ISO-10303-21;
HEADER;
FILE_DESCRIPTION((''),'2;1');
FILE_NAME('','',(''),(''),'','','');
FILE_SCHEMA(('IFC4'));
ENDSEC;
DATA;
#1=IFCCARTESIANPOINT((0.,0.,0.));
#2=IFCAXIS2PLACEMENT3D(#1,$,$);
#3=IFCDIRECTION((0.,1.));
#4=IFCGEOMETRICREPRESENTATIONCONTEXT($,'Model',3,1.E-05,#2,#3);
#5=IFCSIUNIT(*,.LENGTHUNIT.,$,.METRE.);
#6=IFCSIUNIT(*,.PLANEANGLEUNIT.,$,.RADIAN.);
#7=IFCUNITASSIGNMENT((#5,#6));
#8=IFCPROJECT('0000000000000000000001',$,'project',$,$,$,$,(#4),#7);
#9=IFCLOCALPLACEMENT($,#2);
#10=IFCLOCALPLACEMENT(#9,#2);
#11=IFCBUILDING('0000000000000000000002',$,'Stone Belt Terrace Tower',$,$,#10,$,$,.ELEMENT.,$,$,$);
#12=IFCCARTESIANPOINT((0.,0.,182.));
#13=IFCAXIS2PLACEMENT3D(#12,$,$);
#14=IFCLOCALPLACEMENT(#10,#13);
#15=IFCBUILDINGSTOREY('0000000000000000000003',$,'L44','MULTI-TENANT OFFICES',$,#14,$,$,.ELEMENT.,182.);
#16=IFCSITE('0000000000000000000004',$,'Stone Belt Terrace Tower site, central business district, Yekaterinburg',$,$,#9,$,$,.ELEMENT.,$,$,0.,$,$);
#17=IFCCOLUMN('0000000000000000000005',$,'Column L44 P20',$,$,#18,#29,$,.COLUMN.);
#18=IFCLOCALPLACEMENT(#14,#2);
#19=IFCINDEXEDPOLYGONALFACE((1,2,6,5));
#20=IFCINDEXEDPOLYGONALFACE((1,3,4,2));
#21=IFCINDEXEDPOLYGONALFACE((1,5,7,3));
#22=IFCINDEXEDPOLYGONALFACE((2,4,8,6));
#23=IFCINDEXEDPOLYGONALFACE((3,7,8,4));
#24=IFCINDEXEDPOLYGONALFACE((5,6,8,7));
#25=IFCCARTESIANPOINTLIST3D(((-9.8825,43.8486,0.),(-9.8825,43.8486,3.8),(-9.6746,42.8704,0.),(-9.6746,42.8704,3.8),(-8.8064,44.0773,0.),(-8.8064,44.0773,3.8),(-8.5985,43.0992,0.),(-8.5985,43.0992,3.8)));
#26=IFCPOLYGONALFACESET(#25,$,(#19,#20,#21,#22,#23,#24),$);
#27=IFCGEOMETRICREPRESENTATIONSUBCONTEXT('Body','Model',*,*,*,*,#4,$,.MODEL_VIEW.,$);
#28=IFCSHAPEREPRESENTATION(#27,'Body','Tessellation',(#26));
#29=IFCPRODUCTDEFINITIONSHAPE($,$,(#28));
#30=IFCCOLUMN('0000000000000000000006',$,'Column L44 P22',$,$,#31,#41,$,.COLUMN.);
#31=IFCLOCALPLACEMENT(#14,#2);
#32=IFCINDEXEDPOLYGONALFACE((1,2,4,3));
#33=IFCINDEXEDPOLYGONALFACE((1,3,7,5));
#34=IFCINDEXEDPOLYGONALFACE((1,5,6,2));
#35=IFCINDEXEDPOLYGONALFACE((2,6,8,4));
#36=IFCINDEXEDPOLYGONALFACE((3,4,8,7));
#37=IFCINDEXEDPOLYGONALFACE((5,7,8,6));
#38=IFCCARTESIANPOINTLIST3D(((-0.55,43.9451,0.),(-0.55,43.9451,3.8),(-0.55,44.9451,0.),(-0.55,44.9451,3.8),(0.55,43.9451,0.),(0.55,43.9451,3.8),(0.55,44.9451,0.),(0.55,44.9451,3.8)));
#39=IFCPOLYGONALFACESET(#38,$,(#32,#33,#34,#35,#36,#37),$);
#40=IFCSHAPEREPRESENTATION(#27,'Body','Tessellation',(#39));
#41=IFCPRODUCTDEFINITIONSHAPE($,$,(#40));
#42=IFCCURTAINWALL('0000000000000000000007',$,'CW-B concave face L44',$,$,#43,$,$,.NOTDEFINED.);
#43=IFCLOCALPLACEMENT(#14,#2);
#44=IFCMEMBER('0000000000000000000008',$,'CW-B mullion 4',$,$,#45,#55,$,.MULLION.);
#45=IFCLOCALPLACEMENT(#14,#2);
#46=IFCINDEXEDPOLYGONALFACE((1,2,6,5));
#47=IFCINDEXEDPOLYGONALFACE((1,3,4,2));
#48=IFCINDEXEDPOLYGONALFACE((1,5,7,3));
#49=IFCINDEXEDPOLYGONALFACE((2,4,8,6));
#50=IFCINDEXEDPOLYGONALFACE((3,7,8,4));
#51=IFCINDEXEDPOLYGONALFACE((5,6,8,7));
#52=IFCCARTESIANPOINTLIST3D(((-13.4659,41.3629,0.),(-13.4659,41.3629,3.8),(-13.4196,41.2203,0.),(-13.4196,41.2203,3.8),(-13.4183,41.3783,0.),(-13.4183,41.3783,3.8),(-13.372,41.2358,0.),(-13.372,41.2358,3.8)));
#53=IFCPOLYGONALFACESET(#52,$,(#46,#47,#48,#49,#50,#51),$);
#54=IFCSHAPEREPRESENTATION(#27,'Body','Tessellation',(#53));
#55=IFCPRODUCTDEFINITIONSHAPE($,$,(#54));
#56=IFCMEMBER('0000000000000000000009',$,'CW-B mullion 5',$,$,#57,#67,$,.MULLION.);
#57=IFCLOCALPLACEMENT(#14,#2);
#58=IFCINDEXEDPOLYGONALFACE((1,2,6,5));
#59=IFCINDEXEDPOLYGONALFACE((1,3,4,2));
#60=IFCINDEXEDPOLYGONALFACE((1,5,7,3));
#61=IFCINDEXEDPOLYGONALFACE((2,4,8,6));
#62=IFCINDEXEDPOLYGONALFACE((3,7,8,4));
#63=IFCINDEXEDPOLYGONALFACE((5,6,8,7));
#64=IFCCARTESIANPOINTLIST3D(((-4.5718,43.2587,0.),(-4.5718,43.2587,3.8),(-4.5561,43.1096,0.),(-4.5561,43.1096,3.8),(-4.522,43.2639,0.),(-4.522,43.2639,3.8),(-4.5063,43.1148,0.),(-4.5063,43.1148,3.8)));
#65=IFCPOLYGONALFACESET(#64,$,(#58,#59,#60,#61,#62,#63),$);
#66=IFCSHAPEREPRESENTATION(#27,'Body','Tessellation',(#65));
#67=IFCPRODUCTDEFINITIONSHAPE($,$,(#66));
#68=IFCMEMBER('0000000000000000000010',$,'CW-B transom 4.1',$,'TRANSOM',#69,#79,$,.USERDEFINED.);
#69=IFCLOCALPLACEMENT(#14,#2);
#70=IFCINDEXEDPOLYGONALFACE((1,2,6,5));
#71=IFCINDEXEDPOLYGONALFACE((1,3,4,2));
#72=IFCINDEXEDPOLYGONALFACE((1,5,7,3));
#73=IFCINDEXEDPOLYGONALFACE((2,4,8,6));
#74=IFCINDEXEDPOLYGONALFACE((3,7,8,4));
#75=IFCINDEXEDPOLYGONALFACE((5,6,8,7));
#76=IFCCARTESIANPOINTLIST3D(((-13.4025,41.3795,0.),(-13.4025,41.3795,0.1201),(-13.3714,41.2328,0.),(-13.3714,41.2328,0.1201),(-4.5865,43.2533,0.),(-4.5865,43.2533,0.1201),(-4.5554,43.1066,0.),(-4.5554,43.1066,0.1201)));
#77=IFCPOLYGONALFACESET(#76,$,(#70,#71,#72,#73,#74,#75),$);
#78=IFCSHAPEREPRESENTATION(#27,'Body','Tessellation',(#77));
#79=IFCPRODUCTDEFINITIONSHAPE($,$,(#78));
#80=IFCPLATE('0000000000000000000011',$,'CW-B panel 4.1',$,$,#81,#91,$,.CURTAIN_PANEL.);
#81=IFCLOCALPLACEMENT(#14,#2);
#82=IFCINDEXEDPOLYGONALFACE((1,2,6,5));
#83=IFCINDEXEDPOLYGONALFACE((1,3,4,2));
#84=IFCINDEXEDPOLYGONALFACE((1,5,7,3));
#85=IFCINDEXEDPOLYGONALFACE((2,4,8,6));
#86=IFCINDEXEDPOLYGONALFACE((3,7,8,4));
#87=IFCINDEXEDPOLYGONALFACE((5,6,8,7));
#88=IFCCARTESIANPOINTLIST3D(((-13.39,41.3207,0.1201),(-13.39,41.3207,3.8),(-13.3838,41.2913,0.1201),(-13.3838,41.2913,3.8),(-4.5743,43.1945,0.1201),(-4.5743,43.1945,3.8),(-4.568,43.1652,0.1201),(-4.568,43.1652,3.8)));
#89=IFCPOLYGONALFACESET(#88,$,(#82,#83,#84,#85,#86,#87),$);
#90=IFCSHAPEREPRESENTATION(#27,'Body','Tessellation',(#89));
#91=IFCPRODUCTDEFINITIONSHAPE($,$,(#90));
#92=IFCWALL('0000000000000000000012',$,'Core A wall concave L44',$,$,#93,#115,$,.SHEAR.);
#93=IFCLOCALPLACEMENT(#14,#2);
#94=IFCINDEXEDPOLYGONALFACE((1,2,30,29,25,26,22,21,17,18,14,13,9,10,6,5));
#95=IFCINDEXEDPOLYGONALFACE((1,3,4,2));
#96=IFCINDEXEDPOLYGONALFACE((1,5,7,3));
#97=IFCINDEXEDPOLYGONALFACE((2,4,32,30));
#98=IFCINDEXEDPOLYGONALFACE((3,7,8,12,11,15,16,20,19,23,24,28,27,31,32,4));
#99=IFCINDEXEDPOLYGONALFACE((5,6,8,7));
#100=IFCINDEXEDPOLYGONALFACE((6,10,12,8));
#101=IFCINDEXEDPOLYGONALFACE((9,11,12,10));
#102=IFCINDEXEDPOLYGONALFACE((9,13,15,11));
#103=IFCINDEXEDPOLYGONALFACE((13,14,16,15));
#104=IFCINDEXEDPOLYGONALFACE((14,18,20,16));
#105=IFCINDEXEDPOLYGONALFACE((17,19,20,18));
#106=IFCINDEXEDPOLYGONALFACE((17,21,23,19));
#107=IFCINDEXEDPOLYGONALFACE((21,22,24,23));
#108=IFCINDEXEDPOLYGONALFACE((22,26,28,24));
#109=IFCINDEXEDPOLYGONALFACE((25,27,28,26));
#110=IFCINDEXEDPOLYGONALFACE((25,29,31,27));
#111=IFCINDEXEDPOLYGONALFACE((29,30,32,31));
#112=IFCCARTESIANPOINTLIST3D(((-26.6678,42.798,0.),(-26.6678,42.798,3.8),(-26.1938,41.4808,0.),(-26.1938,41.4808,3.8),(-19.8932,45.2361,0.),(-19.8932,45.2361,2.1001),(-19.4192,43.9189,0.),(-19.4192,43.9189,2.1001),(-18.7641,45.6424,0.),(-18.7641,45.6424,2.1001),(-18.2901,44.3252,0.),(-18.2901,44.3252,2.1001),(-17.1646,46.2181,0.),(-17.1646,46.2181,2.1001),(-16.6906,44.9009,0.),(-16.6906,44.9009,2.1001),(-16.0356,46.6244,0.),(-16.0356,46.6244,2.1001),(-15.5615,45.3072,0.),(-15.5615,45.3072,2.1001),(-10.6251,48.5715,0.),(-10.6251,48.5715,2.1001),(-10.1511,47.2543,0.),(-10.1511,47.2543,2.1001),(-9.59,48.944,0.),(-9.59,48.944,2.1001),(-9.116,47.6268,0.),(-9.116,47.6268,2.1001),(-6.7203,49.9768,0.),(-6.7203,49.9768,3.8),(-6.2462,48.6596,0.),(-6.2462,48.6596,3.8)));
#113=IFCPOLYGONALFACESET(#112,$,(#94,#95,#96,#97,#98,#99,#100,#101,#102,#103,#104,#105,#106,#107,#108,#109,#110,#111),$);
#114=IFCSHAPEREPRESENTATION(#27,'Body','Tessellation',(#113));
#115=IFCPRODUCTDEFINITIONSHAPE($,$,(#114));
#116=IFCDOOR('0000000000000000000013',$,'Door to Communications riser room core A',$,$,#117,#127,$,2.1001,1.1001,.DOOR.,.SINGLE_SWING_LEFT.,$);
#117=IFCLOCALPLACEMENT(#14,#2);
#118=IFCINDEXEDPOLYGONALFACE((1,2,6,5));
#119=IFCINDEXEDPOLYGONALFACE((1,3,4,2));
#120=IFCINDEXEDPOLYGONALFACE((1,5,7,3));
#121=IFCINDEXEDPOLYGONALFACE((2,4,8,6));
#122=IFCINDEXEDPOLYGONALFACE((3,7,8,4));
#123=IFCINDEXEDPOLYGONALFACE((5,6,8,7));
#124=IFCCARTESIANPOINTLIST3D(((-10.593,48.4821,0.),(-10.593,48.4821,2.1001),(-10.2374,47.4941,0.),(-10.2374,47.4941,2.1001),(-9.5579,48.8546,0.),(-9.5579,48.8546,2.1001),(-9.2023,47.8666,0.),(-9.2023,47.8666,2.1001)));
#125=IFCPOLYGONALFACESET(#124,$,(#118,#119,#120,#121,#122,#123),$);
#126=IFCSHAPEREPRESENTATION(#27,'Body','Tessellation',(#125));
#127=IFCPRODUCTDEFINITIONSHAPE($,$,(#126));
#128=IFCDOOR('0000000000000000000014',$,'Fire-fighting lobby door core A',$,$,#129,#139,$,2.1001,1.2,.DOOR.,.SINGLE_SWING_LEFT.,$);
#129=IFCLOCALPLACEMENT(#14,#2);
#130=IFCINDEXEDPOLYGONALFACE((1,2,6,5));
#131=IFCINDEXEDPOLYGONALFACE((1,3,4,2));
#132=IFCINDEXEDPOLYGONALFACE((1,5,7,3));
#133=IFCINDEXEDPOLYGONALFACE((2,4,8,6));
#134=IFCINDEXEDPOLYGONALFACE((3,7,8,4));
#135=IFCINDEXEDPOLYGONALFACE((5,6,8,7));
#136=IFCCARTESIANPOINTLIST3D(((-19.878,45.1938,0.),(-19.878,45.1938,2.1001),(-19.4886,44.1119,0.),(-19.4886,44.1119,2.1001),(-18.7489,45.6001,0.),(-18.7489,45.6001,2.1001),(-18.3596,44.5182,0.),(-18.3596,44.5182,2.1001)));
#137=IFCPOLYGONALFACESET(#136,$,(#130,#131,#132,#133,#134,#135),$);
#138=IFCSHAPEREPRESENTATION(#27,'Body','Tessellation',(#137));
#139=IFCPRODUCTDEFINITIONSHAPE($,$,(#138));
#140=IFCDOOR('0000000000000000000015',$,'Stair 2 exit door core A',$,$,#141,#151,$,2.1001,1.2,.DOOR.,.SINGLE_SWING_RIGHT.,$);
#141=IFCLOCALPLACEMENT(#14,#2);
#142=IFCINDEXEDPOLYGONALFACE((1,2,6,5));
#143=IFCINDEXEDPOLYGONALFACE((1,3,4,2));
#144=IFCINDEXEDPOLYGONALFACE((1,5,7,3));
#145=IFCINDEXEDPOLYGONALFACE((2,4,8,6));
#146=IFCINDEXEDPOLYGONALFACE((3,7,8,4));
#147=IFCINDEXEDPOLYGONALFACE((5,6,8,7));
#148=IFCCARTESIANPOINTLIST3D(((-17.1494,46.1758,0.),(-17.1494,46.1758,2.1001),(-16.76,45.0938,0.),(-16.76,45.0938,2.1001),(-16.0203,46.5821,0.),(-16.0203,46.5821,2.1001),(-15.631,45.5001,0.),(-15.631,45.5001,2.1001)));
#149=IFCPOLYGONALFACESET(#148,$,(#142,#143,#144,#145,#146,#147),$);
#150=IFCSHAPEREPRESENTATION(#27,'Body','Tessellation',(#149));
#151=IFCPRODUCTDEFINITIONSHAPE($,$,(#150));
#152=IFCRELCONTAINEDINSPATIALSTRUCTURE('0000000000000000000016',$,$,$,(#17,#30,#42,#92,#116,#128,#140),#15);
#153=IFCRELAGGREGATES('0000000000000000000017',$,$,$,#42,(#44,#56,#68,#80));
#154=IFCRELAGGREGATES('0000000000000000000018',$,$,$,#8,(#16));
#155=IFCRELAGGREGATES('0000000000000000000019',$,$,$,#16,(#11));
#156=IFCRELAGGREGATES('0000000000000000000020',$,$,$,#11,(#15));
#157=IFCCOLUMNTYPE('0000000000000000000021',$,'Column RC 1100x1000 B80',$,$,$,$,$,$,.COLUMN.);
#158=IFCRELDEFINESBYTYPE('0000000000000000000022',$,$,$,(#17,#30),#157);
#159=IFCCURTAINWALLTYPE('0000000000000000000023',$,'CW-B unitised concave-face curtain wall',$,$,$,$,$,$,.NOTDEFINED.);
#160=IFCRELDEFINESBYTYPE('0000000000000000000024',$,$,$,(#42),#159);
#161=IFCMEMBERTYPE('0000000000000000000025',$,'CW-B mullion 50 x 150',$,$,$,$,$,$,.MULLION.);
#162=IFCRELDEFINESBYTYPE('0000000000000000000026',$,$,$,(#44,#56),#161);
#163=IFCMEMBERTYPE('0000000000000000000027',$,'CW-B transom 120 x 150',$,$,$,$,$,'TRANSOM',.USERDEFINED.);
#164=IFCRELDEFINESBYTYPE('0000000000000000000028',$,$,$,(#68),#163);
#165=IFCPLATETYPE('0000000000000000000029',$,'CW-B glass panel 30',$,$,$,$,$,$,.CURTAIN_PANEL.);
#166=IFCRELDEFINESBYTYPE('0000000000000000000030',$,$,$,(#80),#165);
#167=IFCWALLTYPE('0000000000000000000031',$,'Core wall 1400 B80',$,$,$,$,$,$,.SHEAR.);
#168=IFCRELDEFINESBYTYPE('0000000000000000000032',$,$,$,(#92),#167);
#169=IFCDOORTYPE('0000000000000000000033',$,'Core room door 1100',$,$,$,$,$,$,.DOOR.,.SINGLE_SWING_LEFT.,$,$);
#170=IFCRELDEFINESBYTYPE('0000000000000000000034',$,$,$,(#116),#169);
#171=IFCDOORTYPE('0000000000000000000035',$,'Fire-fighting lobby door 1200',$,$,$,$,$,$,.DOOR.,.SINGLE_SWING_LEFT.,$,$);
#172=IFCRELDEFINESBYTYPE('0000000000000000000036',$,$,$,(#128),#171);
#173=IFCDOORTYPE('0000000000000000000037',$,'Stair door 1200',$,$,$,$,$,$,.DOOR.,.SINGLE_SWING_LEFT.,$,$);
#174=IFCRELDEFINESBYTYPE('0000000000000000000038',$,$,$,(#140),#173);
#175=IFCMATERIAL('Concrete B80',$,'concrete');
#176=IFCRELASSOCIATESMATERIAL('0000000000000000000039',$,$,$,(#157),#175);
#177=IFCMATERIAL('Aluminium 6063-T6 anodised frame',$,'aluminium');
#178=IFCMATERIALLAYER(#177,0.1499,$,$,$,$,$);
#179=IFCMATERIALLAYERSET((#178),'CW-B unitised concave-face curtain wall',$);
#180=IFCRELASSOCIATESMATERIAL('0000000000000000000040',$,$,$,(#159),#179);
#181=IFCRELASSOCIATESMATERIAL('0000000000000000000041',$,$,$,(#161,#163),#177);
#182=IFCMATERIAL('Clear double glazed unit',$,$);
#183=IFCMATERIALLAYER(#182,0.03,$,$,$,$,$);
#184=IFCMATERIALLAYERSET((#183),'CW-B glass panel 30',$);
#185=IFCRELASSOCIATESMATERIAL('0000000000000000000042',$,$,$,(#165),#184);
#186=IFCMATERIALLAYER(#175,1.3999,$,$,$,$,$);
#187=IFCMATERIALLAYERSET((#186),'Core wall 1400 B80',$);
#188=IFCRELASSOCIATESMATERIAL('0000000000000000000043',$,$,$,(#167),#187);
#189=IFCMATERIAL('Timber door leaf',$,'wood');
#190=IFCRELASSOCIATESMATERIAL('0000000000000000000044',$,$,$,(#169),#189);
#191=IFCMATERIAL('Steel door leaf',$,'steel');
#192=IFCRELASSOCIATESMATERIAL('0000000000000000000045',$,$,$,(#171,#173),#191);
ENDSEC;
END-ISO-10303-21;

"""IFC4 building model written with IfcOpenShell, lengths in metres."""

from ifc_helpers import new_model, si_unit, direction, frame, frame_2d, origin, origin_2d, place, context, subcontext, project, spatial, rectangle, extrude, material, layer, layer_set, material_profile, profile_set, type_object, element, fill, aggregate, save


model = new_model("IFC4")

# Units and contexts
model_context = context("Model", 3, precision=1e-05, world=origin(), true_north=direction((0.0, 1.0)))
body_context = subcontext(model_context, "Body", "Model", "MODEL_VIEW")
ifc_project = project(units=[si_unit("LENGTHUNIT", "METRE"), si_unit("PLANEANGLEUNIT", "RADIAN")], contexts=[model_context])

# Site, building, storey
site_placement = place(None, origin())
site = spatial("IfcSite", under=ifc_project, at=site_placement, Name="Stone Belt Terrace Tower site, central business district, Yekaterinburg", CompositionType="ELEMENT", RefElevation=0.0)
building_placement = place(site_placement, origin())
building = spatial("IfcBuilding", under=site, at=building_placement, Name="Stone Belt Terrace Tower", CompositionType="ELEMENT")
storey_placement = place(building_placement, frame((0.0, 0.0, 182.0)))
storey = spatial("IfcBuildingStorey", under=building, at=storey_placement, Name="L44", Description="MULTI-TENANT OFFICES", CompositionType="ELEMENT", Elevation=182.0)

# Columns
ifc_material_1 = material(Name="Concrete B80", Category="concrete")
ifc_material_profile_1 = material_profile(ifc_material_1, rectangle(XDim=1.1001, YDim=1.0, at=origin_2d()), Name="RC 1100x1000")
ifc_profile_set_1 = profile_set([ifc_material_profile_1], Name="Concrete B80")
column_type = type_object("IfcColumnType", Name="Column RC 1100x1000 B80", PredefinedType="COLUMN", material=ifc_profile_set_1)
for number, where, z_axis, x_axis, name in (
    (1, (-9.2405, 43.4739, 0.0), (0.0, 0.0, 1.0), (0.978148, 0.207912, 0.0), "Column L44 P20"),
    (2, (0.0, 44.4451, 0.0), (0.0, 0.0, 1.0), (1.0, 0.0, 0.0), "Column L44 P22"),
):
    element("IfcColumn", number, at=place(storey_placement, frame(where, z_axis=z_axis, x_axis=x_axis)), inside=storey, type_object=column_type, Name=name, PredefinedType="COLUMN", context=body_context, shape_type="SweptSolid", body=[
        extrude(rectangle(XDim=1.1001, YDim=1.0, at=origin_2d()), origin(), (0.0, 0.0, 1.0), 3.8),
    ])

# Curtain wall, members, plate
ifc_material_2 = material(Name="Aluminium 6063-T6 anodised frame", Category="aluminium")
ifc_layer_1 = layer(ifc_material_2, 0.1499)
ifc_layer_set_1 = layer_set([ifc_layer_1], Name="CW-B unitised concave-face curtain wall")
curtain_wall_type = type_object("IfcCurtainWallType", Name="CW-B unitised concave-face curtain wall", PredefinedType="NOTDEFINED", material=ifc_layer_set_1)
curtain_wall_placement = place(storey_placement, origin())
curtain_wall = element("IfcCurtainWall", 3, at=curtain_wall_placement, inside=storey, type_object=curtain_wall_type, Name="CW-B concave face L44", PredefinedType="NOTDEFINED")
ifc_material_profile_2 = material_profile(ifc_material_2, rectangle(XDim=0.1499, YDim=0.05, at=origin_2d()), Name="Aluminium 6063-T6 50x150")
ifc_profile_set_2 = profile_set([ifc_material_profile_2], Name="Aluminium 6063-T6 anodised frame")
member_type_1 = type_object("IfcMemberType", Name="CW-B mullion 50 x 150", PredefinedType="MULLION", material=ifc_profile_set_2)
member_1_placement = place(storey_placement, frame((-13.4189, 41.2993, 0.0), z_axis=(0.0, 0.0, 1.0), x_axis=(-0.309017, 0.951057, 0.0)))
member_1 = element("IfcMember", 4, at=member_1_placement, type_object=member_type_1, Name="CW-B mullion 4", PredefinedType="MULLION", context=body_context, shape_type="SweptSolid", body=[
    extrude(rectangle(XDim=0.1499, YDim=0.05, at=origin_2d()), origin(), (0.0, 0.0, 1.0), 3.8),
])
member_2_placement = place(storey_placement, frame((-4.5391, 43.1868, 0.0), z_axis=(0.0, 0.0, 1.0), x_axis=(-0.104528, 0.994522, 0.0)))
member_2 = element("IfcMember", 5, at=member_2_placement, type_object=member_type_1, Name="CW-B mullion 5", PredefinedType="MULLION", context=body_context, shape_type="SweptSolid", body=[
    extrude(rectangle(XDim=0.1499, YDim=0.05, at=origin_2d()), origin(), (0.0, 0.0, 1.0), 3.8),
])
ifc_material_profile_3 = material_profile(ifc_material_2, rectangle(XDim=0.1499, YDim=0.1201, at=origin_2d()), Name="Aluminium 6063-T6 150x120")
ifc_profile_set_3 = profile_set([ifc_material_profile_3], Name="Aluminium 6063-T6 anodised frame")
member_type_2 = type_object("IfcMemberType", Name="CW-B transom 120 x 150", ElementType="TRANSOM", PredefinedType="USERDEFINED", material=ifc_profile_set_3)
member_3_placement = place(storey_placement, frame((-13.387, 41.3062, 0.0601), z_axis=(0.97815, 0.207901, 0.0), x_axis=(-0.207901, 0.97815, 0.0)))
member_3 = element("IfcMember", 6, at=member_3_placement, type_object=member_type_2, Name="CW-B transom 4.1", ObjectType="TRANSOM", PredefinedType="USERDEFINED", context=body_context, shape_type="SweptSolid", body=[
    extrude(rectangle(XDim=0.1499, YDim=0.1201, at=origin_2d()), origin(), (0.0, 0.0, 1.0), 9.0129),
])
ifc_material_3 = material(Name="Clear double glazed unit")
ifc_layer_2 = layer(ifc_material_3, 0.03)
ifc_layer_set_2 = layer_set([ifc_layer_2], Name="CW-B glass panel 30")
plate_type = type_object("IfcPlateType", Name="CW-B glass panel 30", PredefinedType="CURTAIN_PANEL", material=ifc_layer_set_2)
plate_placement = place(storey_placement, frame((-8.979, 42.2429, 0.1201), z_axis=(0.0, 0.0, 1.0), x_axis=(0.978148, 0.207912, 0.0)))
plate = element("IfcPlate", 7, at=plate_placement, type_object=plate_type, Name="CW-B panel 4.1", PredefinedType="CURTAIN_PANEL", context=body_context, shape_type="SweptSolid", body=[
    extrude(rectangle(XDim=9.0127, YDim=0.03, at=origin_2d()), origin(), (0.0, 0.0, 1.0), 3.6799),
])
aggregate(curtain_wall, [member_1, member_2, member_3, plate])

# Wall, openings, doors
ifc_layer_3 = layer(ifc_material_1, 1.3999)
ifc_layer_set_3 = layer_set([ifc_layer_3], Name="Core wall 1400 B80")
wall_type_1 = type_object("IfcWallType", Name="Core wall 1400 B80", PredefinedType="SHEAR", material=ifc_layer_set_3)
wall_1_placement = place(storey_placement, frame((-26.4309, 42.1394, 0.0), z_axis=(0.0, 0.0, 1.0), x_axis=(0.940923, 0.33862, 0.0)))
wall_1 = element("IfcWall", 8, at=wall_1_placement, inside=storey, type_object=wall_type_1, Name="Core A wall concave L44", PredefinedType="SHEAR", context=body_context, shape_type="SweptSolid", body=[
    extrude(rectangle(XDim=21.2, YDim=1.3999, at=frame_2d((10.6001, 0.0))), origin(), (0.0, 0.0, 1.0), 3.8),
])
opening_1_placement = place(wall_1_placement, frame((7.2, 0.0, 0.0)))
opening_1 = element("IfcOpeningElement", 9, at=opening_1_placement, cuts=wall_1, PredefinedType="OPENING", context=body_context, shape_type="SweptSolid", body=[
    extrude(rectangle(XDim=1.2, YDim=2.1001, at=frame_2d((0.6001, 1.05))), frame((0.0, 0.71, 0.0), z_axis=(0.0, -1.0, 0.0), x_axis=(1.0, 0.0, 0.0)), (0.0, 0.0, 1.0), 1.4199),
])
opening_2_placement = place(wall_1_placement, frame((10.0999, 0.0, 0.0)))
opening_2 = element("IfcOpeningElement", 10, at=opening_2_placement, cuts=wall_1, PredefinedType="OPENING", context=body_context, shape_type="SweptSolid", body=[
    extrude(rectangle(XDim=1.2, YDim=2.1001, at=frame_2d((0.6001, 1.05))), frame((0.0, 0.71, 0.0), z_axis=(0.0, -1.0, 0.0), x_axis=(1.0, 0.0, 0.0)), (0.0, 0.0, 1.0), 1.4199),
])
opening_3_placement = place(wall_1_placement, frame((17.05, 0.0, 0.0)))
opening_3 = element("IfcOpeningElement", 11, at=opening_3_placement, cuts=wall_1, PredefinedType="OPENING", context=body_context, shape_type="SweptSolid", body=[
    extrude(rectangle(XDim=1.1001, YDim=2.1001, at=frame_2d((0.55, 1.05))), frame((0.0, 0.71, 0.0), z_axis=(0.0, -1.0, 0.0), x_axis=(1.0, 0.0, 0.0)), (0.0, 0.0, 1.0), 1.4199),
])
ifc_material_4 = material(Name="Timber door leaf", Category="wood")
door_type_1 = type_object("IfcDoorType", Name="Core room door 1100", OperationType="SINGLE_SWING_LEFT", PredefinedType="DOOR", material=ifc_material_4)
door_1_placement = place(opening_3_placement, origin())
door_1 = element("IfcDoor", 12, at=door_1_placement, inside=storey, type_object=door_type_1, Name="Door to Communications riser room core A", OperationType="SINGLE_SWING_LEFT", OverallHeight=2.1001, OverallWidth=1.1001, PredefinedType="DOOR", context=body_context, shape_type="SweptSolid", body=[
    extrude(rectangle(XDim=1.1001, YDim=2.1001, at=frame_2d((0.55, 1.05))), frame((0.0, 0.605, 0.0), z_axis=(0.0, -1.0, 0.0), x_axis=(1.0, 0.0, 0.0)), (0.0, 0.0, 1.0), 1.05),
])
fill(opening_3, door_1)
ifc_material_5 = material(Name="Steel door leaf", Category="steel")
door_type_2 = type_object("IfcDoorType", Name="Fire-fighting lobby door 1200", OperationType="SINGLE_SWING_LEFT", PredefinedType="DOOR", material=ifc_material_5)
door_2_placement = place(opening_1_placement, origin())
door_2 = element("IfcDoor", 13, at=door_2_placement, inside=storey, type_object=door_type_2, Name="Fire-fighting lobby door core A", OperationType="SINGLE_SWING_LEFT", OverallHeight=2.1001, OverallWidth=1.2, PredefinedType="DOOR", context=body_context, shape_type="SweptSolid", body=[
    extrude(rectangle(XDim=1.2, YDim=2.1001, at=frame_2d((0.6001, 1.05))), frame((0.0, 0.655, 0.0), z_axis=(0.0, -1.0, 0.0), x_axis=(1.0, 0.0, 0.0)), (0.0, 0.0, 1.0), 1.1499),
])
fill(opening_1, door_2)
door_type_3 = type_object("IfcDoorType", Name="Stair door 1200", OperationType="SINGLE_SWING_LEFT", PredefinedType="DOOR", material=ifc_material_5)
door_3_placement = place(opening_2_placement, origin())
door_3 = element("IfcDoor", 14, at=door_3_placement, inside=storey, type_object=door_type_3, Name="Stair 2 exit door core A", OperationType="SINGLE_SWING_RIGHT", OverallHeight=2.1001, OverallWidth=1.2, PredefinedType="DOOR", context=body_context, shape_type="SweptSolid", body=[
    extrude(rectangle(XDim=1.2, YDim=2.1001, at=frame_2d((0.6001, 1.05))), frame((0.0, 0.655, 0.0), z_axis=(0.0, -1.0, 0.0), x_axis=(1.0, 0.0, 0.0)), (0.0, 0.0, 1.0), 1.1499),
])
fill(opening_2, door_3)

save(model, "model.ifc")
